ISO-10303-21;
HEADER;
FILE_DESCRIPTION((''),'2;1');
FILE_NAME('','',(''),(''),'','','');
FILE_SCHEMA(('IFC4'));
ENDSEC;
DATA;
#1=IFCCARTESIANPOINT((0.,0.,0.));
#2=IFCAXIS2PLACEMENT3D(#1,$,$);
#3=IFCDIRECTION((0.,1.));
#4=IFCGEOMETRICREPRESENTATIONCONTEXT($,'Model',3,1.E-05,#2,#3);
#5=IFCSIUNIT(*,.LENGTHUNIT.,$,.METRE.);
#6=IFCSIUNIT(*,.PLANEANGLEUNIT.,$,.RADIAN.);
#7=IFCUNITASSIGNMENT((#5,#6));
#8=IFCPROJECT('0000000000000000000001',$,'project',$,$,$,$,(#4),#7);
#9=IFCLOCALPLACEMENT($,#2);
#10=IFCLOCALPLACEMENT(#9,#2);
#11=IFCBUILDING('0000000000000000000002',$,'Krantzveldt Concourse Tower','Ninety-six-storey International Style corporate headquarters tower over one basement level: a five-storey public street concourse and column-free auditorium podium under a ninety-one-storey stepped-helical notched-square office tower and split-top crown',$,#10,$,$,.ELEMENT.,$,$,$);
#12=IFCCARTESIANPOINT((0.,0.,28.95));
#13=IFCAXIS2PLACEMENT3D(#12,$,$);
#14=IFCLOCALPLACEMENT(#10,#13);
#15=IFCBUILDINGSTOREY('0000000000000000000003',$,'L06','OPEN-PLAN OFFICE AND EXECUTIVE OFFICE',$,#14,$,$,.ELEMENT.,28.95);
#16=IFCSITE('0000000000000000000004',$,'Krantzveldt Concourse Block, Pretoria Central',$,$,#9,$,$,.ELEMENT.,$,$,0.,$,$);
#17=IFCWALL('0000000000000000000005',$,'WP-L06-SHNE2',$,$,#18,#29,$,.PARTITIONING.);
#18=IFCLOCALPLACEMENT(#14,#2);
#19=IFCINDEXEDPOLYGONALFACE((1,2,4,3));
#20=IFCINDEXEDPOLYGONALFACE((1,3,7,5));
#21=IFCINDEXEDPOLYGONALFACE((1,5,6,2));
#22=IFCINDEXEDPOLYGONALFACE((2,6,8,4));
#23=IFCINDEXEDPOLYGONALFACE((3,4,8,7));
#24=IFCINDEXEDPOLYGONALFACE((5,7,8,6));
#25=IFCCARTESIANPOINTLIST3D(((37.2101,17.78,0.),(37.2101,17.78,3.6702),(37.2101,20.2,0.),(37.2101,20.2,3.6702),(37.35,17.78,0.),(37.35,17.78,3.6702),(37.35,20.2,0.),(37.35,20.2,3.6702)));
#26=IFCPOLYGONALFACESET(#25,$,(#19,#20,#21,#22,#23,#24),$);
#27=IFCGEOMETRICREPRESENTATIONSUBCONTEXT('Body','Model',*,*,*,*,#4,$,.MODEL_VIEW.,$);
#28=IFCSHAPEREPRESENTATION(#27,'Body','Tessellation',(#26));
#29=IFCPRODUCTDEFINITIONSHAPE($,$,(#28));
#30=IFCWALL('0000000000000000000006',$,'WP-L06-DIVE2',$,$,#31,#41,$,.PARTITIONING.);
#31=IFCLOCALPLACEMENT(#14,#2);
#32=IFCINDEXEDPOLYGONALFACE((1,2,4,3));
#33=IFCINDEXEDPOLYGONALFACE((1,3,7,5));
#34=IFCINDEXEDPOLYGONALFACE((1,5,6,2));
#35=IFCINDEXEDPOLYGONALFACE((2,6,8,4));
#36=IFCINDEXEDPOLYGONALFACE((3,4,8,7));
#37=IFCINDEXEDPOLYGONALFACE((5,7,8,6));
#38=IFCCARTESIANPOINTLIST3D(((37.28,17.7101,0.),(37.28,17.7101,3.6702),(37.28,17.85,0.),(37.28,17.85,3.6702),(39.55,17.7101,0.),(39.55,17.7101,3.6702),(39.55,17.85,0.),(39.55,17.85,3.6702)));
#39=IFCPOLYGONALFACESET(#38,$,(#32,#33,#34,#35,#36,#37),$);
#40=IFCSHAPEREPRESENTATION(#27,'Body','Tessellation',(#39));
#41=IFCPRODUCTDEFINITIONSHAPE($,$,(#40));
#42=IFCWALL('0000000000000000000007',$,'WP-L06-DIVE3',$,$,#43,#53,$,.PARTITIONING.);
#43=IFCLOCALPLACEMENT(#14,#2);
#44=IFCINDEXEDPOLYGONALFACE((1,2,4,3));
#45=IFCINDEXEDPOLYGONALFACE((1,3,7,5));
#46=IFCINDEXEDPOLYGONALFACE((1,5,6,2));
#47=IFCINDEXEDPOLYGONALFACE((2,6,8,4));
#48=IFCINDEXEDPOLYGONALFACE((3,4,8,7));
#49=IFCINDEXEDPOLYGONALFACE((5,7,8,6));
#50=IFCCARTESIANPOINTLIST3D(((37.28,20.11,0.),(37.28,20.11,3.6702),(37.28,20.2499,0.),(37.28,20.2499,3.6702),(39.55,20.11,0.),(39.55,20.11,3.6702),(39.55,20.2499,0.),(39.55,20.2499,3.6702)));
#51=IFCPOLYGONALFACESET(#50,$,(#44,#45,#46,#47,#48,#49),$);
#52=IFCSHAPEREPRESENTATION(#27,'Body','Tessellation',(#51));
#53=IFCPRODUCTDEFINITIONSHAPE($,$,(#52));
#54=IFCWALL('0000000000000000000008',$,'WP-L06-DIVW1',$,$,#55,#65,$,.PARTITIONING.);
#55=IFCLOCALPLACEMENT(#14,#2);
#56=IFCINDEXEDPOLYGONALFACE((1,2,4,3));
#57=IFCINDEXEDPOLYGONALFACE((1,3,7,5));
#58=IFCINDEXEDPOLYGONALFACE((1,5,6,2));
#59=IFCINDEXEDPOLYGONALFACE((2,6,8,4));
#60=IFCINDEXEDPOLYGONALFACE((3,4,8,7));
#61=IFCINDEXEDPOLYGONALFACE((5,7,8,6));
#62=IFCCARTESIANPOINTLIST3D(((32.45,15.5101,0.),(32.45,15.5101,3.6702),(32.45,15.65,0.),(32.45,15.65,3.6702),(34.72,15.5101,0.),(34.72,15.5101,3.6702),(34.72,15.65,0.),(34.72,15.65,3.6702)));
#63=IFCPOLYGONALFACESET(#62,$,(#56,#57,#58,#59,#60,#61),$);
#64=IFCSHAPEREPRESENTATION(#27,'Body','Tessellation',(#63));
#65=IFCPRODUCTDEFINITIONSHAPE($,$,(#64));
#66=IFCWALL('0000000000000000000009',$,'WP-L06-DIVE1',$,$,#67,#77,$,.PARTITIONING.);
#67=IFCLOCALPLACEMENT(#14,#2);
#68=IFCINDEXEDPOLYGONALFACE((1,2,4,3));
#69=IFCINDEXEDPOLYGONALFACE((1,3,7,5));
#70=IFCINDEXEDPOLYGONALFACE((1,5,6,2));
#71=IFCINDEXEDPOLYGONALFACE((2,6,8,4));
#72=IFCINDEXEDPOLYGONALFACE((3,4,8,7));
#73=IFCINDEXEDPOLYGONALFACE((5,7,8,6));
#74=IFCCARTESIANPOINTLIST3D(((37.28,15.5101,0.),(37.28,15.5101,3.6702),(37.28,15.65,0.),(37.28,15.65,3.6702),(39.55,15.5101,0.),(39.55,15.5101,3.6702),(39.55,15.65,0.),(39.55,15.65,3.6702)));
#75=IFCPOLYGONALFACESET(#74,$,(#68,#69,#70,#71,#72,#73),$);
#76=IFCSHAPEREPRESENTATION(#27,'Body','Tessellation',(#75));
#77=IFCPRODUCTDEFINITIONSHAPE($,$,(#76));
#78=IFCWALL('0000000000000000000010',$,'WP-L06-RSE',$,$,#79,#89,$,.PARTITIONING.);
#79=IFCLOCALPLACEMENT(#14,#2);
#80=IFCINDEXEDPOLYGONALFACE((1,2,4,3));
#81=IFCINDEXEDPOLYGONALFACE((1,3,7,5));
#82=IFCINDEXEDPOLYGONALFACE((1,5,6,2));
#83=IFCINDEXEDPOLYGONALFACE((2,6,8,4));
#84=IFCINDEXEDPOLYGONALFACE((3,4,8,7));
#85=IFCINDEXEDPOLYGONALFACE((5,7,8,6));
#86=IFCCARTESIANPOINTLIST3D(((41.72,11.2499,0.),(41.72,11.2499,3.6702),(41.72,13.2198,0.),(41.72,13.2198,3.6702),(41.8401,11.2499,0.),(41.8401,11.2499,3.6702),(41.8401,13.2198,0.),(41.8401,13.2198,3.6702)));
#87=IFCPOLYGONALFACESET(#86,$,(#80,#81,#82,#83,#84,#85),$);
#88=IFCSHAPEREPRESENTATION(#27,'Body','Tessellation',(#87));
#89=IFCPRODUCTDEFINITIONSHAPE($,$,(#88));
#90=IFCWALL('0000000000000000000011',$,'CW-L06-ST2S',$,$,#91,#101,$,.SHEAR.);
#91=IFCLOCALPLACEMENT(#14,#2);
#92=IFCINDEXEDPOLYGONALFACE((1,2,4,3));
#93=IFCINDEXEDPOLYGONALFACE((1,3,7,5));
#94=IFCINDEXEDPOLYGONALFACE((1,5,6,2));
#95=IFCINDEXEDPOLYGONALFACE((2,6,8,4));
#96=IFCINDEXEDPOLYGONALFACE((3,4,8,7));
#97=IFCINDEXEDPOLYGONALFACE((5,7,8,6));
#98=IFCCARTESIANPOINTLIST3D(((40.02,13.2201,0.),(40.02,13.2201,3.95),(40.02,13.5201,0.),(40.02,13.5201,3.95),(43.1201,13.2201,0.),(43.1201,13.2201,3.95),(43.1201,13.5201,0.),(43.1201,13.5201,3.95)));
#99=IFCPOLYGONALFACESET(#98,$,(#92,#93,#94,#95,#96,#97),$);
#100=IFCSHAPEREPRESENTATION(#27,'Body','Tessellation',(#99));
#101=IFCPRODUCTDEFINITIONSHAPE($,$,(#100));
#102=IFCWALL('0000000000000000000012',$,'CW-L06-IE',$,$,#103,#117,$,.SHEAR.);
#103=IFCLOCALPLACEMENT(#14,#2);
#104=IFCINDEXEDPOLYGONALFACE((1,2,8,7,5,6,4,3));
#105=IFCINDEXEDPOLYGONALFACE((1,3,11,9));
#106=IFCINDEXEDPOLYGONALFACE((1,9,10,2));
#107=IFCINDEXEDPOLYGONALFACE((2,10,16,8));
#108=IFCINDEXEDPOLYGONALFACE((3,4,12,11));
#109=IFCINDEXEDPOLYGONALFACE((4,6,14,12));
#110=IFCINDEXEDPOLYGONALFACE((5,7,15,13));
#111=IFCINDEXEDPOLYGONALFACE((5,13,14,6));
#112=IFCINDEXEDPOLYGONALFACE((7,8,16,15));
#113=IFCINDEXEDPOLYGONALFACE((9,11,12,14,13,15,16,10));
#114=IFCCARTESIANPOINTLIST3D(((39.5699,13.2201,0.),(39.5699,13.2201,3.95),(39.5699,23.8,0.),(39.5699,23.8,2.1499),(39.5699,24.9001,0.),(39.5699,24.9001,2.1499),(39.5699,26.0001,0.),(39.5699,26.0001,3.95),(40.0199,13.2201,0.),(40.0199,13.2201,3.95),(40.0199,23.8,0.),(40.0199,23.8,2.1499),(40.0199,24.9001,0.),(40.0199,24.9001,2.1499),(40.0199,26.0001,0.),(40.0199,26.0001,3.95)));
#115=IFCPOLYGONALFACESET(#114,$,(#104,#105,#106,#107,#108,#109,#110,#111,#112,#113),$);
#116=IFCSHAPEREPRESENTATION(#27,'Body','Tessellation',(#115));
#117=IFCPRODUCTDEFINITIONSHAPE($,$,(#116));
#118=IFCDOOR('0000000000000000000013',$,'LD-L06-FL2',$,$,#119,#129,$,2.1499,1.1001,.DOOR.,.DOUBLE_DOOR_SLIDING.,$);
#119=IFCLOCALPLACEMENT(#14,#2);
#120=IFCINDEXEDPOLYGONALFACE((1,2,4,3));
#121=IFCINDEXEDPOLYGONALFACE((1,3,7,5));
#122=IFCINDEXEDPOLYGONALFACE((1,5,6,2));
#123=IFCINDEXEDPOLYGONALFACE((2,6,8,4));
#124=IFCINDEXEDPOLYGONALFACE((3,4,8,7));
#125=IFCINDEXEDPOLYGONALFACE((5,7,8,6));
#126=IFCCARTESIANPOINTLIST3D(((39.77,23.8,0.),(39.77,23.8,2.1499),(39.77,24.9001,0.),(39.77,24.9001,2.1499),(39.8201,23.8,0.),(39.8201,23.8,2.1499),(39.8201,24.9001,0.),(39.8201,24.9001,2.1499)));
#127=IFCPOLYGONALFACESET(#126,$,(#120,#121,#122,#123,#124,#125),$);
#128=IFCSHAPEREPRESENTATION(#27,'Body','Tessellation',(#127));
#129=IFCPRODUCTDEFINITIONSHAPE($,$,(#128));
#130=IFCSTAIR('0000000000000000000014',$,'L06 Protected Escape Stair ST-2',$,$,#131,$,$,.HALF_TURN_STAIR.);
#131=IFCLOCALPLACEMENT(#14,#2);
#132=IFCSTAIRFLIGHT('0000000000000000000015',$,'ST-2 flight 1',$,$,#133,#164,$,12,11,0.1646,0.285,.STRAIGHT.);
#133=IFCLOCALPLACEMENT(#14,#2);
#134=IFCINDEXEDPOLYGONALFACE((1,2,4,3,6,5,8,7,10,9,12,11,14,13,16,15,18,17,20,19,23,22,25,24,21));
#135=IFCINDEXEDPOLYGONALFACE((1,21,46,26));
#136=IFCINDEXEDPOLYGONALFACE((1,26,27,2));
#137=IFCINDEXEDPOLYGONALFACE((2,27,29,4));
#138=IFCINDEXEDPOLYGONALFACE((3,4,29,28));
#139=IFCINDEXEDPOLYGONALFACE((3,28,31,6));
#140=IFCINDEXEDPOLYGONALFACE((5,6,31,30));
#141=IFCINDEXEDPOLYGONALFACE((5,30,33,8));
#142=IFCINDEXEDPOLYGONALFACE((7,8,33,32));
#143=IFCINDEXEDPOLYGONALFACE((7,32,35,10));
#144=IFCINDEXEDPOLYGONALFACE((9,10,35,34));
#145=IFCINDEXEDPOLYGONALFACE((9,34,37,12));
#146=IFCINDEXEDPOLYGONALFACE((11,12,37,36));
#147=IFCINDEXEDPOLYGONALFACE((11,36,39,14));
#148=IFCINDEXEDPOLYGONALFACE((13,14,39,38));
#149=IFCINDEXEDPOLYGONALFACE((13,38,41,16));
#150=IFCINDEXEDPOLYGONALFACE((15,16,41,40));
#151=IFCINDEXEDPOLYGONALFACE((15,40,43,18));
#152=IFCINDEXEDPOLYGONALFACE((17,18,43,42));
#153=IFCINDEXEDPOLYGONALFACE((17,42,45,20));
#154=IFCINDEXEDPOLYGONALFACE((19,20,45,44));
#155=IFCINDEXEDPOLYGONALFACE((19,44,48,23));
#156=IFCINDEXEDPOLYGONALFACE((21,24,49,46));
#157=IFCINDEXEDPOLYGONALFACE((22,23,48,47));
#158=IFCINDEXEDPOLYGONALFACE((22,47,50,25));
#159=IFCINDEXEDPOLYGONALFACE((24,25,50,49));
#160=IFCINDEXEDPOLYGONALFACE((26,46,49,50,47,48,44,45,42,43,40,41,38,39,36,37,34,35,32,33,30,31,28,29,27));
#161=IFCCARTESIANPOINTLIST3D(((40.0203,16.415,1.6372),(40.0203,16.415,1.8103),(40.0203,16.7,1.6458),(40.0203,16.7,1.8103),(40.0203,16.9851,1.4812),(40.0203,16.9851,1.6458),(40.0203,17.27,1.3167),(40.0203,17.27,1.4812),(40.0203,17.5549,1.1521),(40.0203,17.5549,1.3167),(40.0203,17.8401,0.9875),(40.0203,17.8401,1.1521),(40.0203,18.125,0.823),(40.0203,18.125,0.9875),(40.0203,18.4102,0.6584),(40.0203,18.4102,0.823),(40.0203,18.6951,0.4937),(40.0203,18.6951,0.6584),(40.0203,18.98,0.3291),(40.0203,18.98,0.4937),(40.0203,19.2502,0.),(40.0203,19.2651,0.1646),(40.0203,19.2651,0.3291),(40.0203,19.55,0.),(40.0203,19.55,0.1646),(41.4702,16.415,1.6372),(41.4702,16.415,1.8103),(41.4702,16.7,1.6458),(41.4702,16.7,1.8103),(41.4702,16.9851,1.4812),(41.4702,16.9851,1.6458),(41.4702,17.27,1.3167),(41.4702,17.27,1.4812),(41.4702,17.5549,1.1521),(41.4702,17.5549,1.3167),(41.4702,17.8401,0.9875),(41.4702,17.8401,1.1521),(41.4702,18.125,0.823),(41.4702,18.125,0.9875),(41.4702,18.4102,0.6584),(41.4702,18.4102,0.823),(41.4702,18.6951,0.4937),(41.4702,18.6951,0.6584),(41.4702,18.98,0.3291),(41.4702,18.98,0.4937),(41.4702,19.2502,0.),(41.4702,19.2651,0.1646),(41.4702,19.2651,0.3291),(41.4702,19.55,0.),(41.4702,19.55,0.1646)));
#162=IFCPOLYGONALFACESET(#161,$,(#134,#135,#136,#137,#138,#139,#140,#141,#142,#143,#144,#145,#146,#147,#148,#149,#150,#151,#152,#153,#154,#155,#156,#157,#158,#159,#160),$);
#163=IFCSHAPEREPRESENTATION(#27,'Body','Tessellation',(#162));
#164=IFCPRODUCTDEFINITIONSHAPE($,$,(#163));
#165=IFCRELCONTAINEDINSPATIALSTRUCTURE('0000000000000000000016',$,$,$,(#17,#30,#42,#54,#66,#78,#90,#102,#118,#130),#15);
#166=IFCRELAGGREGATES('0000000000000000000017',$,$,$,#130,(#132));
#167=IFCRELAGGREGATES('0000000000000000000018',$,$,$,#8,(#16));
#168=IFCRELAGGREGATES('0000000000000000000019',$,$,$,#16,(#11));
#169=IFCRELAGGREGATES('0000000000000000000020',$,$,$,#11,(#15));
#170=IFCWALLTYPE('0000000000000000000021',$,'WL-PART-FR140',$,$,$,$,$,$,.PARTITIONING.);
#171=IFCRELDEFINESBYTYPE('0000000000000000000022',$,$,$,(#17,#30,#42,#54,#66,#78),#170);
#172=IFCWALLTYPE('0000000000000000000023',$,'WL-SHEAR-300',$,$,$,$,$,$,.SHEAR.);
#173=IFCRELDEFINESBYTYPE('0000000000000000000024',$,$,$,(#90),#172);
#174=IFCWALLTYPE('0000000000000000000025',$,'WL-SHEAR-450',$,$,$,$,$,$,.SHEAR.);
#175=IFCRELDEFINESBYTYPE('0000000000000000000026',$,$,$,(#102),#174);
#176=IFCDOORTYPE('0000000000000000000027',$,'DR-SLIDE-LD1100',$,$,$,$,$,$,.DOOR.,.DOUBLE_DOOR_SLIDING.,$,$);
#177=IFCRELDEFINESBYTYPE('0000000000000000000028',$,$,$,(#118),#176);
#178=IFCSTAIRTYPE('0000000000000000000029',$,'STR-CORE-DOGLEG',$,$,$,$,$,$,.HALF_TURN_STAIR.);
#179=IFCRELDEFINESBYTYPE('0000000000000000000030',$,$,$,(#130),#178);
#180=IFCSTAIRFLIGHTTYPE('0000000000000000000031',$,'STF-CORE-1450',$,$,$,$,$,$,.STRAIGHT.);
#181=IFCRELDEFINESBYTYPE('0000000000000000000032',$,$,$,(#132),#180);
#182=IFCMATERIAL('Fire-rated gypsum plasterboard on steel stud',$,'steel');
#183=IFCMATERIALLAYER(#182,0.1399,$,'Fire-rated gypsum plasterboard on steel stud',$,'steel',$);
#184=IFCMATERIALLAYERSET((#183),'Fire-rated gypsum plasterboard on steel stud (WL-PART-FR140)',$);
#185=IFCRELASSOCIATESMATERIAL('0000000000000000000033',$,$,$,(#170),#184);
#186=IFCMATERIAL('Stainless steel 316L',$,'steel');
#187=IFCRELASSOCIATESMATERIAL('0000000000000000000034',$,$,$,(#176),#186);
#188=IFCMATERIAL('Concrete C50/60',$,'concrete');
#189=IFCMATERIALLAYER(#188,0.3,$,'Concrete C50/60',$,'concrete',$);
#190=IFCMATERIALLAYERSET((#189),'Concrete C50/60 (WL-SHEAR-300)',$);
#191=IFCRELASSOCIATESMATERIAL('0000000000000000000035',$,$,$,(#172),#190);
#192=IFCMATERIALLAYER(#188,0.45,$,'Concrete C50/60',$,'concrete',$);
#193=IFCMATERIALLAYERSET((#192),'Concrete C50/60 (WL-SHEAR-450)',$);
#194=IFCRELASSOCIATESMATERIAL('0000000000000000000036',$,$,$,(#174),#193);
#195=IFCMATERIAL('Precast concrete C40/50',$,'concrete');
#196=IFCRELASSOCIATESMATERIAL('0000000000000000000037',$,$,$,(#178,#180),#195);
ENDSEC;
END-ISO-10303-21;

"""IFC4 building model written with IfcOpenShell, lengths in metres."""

from ifc_helpers import new_model, si_unit, direction, frame, frame_2d, origin, place, context, subcontext, project, spatial, polyline, rectangle, outline, extrude, material, layer, layer_set, type_object, element, fill, aggregate, save


model = new_model("IFC4")

# Units and contexts
model_context = context("Model", 3, precision=1e-05, world=origin(), true_north=direction((0.0, 1.0)))
body_context = subcontext(model_context, "Body", "Model", "MODEL_VIEW")
ifc_project = project(units=[si_unit("LENGTHUNIT", "METRE"), si_unit("PLANEANGLEUNIT", "RADIAN")], contexts=[model_context])

# Site, building, storey
site_placement = place(None, origin())
site = spatial("IfcSite", under=ifc_project, at=site_placement, Name="Krantzveldt Concourse Block, Pretoria Central", CompositionType="ELEMENT", RefElevation=0.0)
building_placement = place(site_placement, origin())
building = spatial("IfcBuilding", under=site, at=building_placement, Name="Krantzveldt Concourse Tower", Description="Ninety-six-storey International Style corporate headquarters tower over one basement level: a five-storey public street concourse and column-free auditorium podium under a ninety-one-storey stepped-helical notched-square office tower and split-top crown", CompositionType="ELEMENT")
storey_placement = place(building_placement, frame((0.0, 0.0, 28.95)))
storey = spatial("IfcBuildingStorey", under=building, at=storey_placement, Name="L06", Description="OPEN-PLAN OFFICE AND EXECUTIVE OFFICE", CompositionType="ELEMENT", Elevation=28.95)

# Walls
ifc_material_1 = material(Name="Fire-rated gypsum plasterboard on steel stud", Category="steel")
ifc_layer_1 = layer(ifc_material_1, 0.1399, Name="Fire-rated gypsum plasterboard on steel stud", Category="steel")
ifc_layer_set_1 = layer_set([ifc_layer_1], Name="Fire-rated gypsum plasterboard on steel stud (WL-PART-FR140)")
wall_type_1 = type_object("IfcWallType", Name="WL-PART-FR140", PredefinedType="PARTITIONING", material=ifc_layer_set_1)
for number, where, z_axis, x_axis, name in (
    (1, (37.28, 17.78, 0.0), (0.0, 0.0, 1.0), (0.0, 1.0, 0.0), "WP-L06-SHNE2"),
):
    element("IfcWall", number, at=place(storey_placement, frame(where, z_axis=z_axis, x_axis=x_axis)), inside=storey, type_object=wall_type_1, Name=name, PredefinedType="PARTITIONING", context=body_context, shape_type="SweptSolid", body=[
        extrude(rectangle(XDim=2.4199, YDim=0.1399, at=frame_2d((1.21, 0.0))), origin(), (0.0, 0.0, 1.0), 3.6702),
    ])
for number, where, z_axis, x_axis, name in (
    (2, (37.28, 17.78, 0.0), (0.0, 0.0, 1.0), (1.0, 0.0, 0.0), "WP-L06-DIVE2"),
    (3, (37.28, 20.1799, 0.0), (0.0, 0.0, 1.0), (1.0, 0.0, 0.0), "WP-L06-DIVE3"),
):
    element("IfcWall", number, at=place(storey_placement, frame(where, z_axis=z_axis, x_axis=x_axis)), inside=storey, type_object=wall_type_1, Name=name, PredefinedType="PARTITIONING", context=body_context, shape_type="SweptSolid", body=[
        extrude(rectangle(XDim=2.27, YDim=0.1399, at=frame_2d((1.135, 0.0))), origin(), (0.0, 0.0, 1.0), 3.6702),
    ])

# Shared definitions
ifc_material_2 = material(Name="Stainless steel 316L", Category="steel")
door_type = type_object("IfcDoorType", Name="DR-SLIDE-LD1100", OperationType="DOUBLE_DOOR_SLIDING", PredefinedType="DOOR", material=ifc_material_2)

# Wall
wall_1_placement = place(storey_placement, frame((32.45, 15.5801, 0.0), z_axis=(0.0, 0.0, 1.0), x_axis=(1.0, 0.0, 0.0)))
element("IfcWall", 4, at=wall_1_placement, inside=storey, type_object=wall_type_1, Name="WP-L06-DIVW1", PredefinedType="PARTITIONING", context=body_context, shape_type="SweptSolid", body=[
    extrude(rectangle(XDim=2.27, YDim=0.1399, at=frame_2d((1.135, 0.0))), origin(), (0.0, 0.0, 1.0), 3.6702),
])

# Walls
wall_2_placement = place(storey_placement, frame((37.28, 15.5801, 0.0), z_axis=(0.0, 0.0, 1.0), x_axis=(1.0, 0.0, 0.0)))
element("IfcWall", 5, at=wall_2_placement, inside=storey, type_object=wall_type_1, Name="WP-L06-DIVE1", PredefinedType="PARTITIONING", context=body_context, shape_type="SweptSolid", body=[
    extrude(rectangle(XDim=2.27, YDim=0.1399, at=frame_2d((1.135, 0.0))), origin(), (0.0, 0.0, 1.0), 3.6702),
])
wall_3_placement = place(storey_placement, frame((41.78, 11.25, 0.0), z_axis=(0.0, 0.0, 1.0), x_axis=(0.0, 1.0, 0.0)))
element("IfcWall", 6, at=wall_3_placement, inside=storey, type_object=wall_type_1, Name="WP-L06-RSE", PredefinedType="PARTITIONING", context=body_context, shape_type="SweptSolid", body=[
    extrude(rectangle(XDim=1.97, YDim=0.1201, at=frame_2d((0.9849, 0.0))), origin(), (0.0, 0.0, 1.0), 3.6702),
])
ifc_material_3 = material(Name="Concrete C50/60", Category="concrete")
ifc_layer_2 = layer(ifc_material_3, 0.3, Name="Concrete C50/60", Category="concrete")
ifc_layer_set_2 = layer_set([ifc_layer_2], Name="Concrete C50/60 (WL-SHEAR-300)")
wall_type_2 = type_object("IfcWallType", Name="WL-SHEAR-300", PredefinedType="SHEAR", material=ifc_layer_set_2)
wall_4_placement = place(storey_placement, frame((40.02, 13.3701, 0.0), z_axis=(0.0, 0.0, 1.0), x_axis=(1.0, 0.0, 0.0)))
element("IfcWall", 7, at=wall_4_placement, inside=storey, type_object=wall_type_2, Name="CW-L06-ST2S", PredefinedType="SHEAR", context=body_context, shape_type="SweptSolid", body=[
    extrude(rectangle(XDim=3.1001, YDim=0.3, at=frame_2d((1.55, 0.0))), origin(), (0.0, 0.0, 1.0), 3.95),
])

# Wall, opening, door
ifc_layer_3 = layer(ifc_material_3, 0.45, Name="Concrete C50/60", Category="concrete")
ifc_layer_set_3 = layer_set([ifc_layer_3], Name="Concrete C50/60 (WL-SHEAR-450)")
wall_type_3 = type_object("IfcWallType", Name="WL-SHEAR-450", PredefinedType="SHEAR", material=ifc_layer_set_3)
wall_5_placement = place(storey_placement, frame((39.7949, 13.22, 0.0), z_axis=(0.0, 0.0, 1.0), x_axis=(0.0, 1.0, 0.0)))
wall_5 = element("IfcWall", 8, at=wall_5_placement, inside=storey, type_object=wall_type_3, Name="CW-L06-IE", PredefinedType="SHEAR", context=body_context, shape_type="SweptSolid", body=[
    extrude(rectangle(XDim=12.78, YDim=0.45, at=frame_2d((6.3901, 0.0))), origin(), (0.0, 0.0, 1.0), 3.95),
])
opening_1_placement = place(wall_5_placement, frame((10.5801, 0.0, 0.0)))
opening_1 = element("IfcOpeningElement", 9, at=opening_1_placement, cuts=wall_5, PredefinedType="OPENING", context=body_context, shape_type="SweptSolid", body=[
    extrude(rectangle(XDim=1.1001, YDim=2.1499, at=frame_2d((0.55, 1.075))), frame((0.0, 0.2349, 0.0), z_axis=(0.0, -1.0, 0.0), x_axis=(1.0, 0.0, 0.0)), (0.0, 0.0, 1.0), 0.47),
])
door_1_placement = place(opening_1_placement, origin())
door_1 = element("IfcDoor", 10, at=door_1_placement, inside=storey, type_object=door_type, Name="LD-L06-FL2", OperationType="DOUBLE_DOOR_SLIDING", OverallHeight=2.1499, OverallWidth=1.1001, PredefinedType="DOOR", context=body_context, shape_type="SweptSolid", body=[
    extrude(rectangle(XDim=1.1001, YDim=2.1499, at=frame_2d((0.55, 1.075))), frame((0.0, 0.0249, 0.0), z_axis=(0.0, -1.0, 0.0), x_axis=(1.0, 0.0, 0.0)), (0.0, 0.0, 1.0), 0.05),
])
fill(opening_1, door_1)

# Stair, stair flight
ifc_material_4 = material(Name="Precast concrete C40/50", Category="concrete")
stair_type = type_object("IfcStairType", Name="STR-CORE-DOGLEG", PredefinedType="HALF_TURN_STAIR", material=ifc_material_4)
stair_placement = place(storey_placement, origin())
stair = element("IfcStair", 11, at=stair_placement, inside=storey, type_object=stair_type, Name="L06 Protected Escape Stair ST-2", PredefinedType="HALF_TURN_STAIR")
stair_flight_type = type_object("IfcStairFlightType", Name="STF-CORE-1450", PredefinedType="STRAIGHT", material=ifc_material_4)
stair_flight_1_placement = place(storey_placement, frame((40.7451, 19.55, 0.0), z_axis=(0.0, 0.0, 1.0), x_axis=(0.0, -1.0, 0.0)))
stair_flight_1 = element("IfcStairFlight", 12, at=stair_flight_1_placement, type_object=stair_flight_type, Name="ST-2 flight 1", NumberOfRisers=12, NumberOfTreads=11, PredefinedType="STRAIGHT", RiserHeight=0.1646, TreadLength=0.285, context=body_context, shape_type="SweptSolid", body=[
    extrude(outline(polyline([(0.0, 0.0), (0.0, 0.1646), (0.2849, 0.1646), (0.2849, 0.3291), (0.5701, 0.3291), (0.5701, 0.4937), (0.855, 0.4937), (0.855, 0.6584), (1.1399, 0.6584), (1.1399, 0.823), (1.425, 0.823), (1.425, 0.9875), (1.71, 0.9875), (1.71, 1.1521), (1.9951, 1.1521), (1.9951, 1.3167), (2.28, 1.3167), (2.28, 1.4812), (2.5649, 1.4812), (2.5649, 1.6458), (2.8501, 1.6458), (2.8501, 1.8103), (3.135, 1.8103), (3.135, 1.9751), (3.135, 1.6372), (0.2998, 0.0), (0.0, 0.0)])), frame((0.0, 0.7251, 0.0), z_axis=(0.0, -1.0, 0.0), x_axis=(1.0, 0.0, 0.0)), (0.0, 0.0, 1.0), 1.45),
])
aggregate(stair, [stair_flight_1])

save(model, "model.ifc")
